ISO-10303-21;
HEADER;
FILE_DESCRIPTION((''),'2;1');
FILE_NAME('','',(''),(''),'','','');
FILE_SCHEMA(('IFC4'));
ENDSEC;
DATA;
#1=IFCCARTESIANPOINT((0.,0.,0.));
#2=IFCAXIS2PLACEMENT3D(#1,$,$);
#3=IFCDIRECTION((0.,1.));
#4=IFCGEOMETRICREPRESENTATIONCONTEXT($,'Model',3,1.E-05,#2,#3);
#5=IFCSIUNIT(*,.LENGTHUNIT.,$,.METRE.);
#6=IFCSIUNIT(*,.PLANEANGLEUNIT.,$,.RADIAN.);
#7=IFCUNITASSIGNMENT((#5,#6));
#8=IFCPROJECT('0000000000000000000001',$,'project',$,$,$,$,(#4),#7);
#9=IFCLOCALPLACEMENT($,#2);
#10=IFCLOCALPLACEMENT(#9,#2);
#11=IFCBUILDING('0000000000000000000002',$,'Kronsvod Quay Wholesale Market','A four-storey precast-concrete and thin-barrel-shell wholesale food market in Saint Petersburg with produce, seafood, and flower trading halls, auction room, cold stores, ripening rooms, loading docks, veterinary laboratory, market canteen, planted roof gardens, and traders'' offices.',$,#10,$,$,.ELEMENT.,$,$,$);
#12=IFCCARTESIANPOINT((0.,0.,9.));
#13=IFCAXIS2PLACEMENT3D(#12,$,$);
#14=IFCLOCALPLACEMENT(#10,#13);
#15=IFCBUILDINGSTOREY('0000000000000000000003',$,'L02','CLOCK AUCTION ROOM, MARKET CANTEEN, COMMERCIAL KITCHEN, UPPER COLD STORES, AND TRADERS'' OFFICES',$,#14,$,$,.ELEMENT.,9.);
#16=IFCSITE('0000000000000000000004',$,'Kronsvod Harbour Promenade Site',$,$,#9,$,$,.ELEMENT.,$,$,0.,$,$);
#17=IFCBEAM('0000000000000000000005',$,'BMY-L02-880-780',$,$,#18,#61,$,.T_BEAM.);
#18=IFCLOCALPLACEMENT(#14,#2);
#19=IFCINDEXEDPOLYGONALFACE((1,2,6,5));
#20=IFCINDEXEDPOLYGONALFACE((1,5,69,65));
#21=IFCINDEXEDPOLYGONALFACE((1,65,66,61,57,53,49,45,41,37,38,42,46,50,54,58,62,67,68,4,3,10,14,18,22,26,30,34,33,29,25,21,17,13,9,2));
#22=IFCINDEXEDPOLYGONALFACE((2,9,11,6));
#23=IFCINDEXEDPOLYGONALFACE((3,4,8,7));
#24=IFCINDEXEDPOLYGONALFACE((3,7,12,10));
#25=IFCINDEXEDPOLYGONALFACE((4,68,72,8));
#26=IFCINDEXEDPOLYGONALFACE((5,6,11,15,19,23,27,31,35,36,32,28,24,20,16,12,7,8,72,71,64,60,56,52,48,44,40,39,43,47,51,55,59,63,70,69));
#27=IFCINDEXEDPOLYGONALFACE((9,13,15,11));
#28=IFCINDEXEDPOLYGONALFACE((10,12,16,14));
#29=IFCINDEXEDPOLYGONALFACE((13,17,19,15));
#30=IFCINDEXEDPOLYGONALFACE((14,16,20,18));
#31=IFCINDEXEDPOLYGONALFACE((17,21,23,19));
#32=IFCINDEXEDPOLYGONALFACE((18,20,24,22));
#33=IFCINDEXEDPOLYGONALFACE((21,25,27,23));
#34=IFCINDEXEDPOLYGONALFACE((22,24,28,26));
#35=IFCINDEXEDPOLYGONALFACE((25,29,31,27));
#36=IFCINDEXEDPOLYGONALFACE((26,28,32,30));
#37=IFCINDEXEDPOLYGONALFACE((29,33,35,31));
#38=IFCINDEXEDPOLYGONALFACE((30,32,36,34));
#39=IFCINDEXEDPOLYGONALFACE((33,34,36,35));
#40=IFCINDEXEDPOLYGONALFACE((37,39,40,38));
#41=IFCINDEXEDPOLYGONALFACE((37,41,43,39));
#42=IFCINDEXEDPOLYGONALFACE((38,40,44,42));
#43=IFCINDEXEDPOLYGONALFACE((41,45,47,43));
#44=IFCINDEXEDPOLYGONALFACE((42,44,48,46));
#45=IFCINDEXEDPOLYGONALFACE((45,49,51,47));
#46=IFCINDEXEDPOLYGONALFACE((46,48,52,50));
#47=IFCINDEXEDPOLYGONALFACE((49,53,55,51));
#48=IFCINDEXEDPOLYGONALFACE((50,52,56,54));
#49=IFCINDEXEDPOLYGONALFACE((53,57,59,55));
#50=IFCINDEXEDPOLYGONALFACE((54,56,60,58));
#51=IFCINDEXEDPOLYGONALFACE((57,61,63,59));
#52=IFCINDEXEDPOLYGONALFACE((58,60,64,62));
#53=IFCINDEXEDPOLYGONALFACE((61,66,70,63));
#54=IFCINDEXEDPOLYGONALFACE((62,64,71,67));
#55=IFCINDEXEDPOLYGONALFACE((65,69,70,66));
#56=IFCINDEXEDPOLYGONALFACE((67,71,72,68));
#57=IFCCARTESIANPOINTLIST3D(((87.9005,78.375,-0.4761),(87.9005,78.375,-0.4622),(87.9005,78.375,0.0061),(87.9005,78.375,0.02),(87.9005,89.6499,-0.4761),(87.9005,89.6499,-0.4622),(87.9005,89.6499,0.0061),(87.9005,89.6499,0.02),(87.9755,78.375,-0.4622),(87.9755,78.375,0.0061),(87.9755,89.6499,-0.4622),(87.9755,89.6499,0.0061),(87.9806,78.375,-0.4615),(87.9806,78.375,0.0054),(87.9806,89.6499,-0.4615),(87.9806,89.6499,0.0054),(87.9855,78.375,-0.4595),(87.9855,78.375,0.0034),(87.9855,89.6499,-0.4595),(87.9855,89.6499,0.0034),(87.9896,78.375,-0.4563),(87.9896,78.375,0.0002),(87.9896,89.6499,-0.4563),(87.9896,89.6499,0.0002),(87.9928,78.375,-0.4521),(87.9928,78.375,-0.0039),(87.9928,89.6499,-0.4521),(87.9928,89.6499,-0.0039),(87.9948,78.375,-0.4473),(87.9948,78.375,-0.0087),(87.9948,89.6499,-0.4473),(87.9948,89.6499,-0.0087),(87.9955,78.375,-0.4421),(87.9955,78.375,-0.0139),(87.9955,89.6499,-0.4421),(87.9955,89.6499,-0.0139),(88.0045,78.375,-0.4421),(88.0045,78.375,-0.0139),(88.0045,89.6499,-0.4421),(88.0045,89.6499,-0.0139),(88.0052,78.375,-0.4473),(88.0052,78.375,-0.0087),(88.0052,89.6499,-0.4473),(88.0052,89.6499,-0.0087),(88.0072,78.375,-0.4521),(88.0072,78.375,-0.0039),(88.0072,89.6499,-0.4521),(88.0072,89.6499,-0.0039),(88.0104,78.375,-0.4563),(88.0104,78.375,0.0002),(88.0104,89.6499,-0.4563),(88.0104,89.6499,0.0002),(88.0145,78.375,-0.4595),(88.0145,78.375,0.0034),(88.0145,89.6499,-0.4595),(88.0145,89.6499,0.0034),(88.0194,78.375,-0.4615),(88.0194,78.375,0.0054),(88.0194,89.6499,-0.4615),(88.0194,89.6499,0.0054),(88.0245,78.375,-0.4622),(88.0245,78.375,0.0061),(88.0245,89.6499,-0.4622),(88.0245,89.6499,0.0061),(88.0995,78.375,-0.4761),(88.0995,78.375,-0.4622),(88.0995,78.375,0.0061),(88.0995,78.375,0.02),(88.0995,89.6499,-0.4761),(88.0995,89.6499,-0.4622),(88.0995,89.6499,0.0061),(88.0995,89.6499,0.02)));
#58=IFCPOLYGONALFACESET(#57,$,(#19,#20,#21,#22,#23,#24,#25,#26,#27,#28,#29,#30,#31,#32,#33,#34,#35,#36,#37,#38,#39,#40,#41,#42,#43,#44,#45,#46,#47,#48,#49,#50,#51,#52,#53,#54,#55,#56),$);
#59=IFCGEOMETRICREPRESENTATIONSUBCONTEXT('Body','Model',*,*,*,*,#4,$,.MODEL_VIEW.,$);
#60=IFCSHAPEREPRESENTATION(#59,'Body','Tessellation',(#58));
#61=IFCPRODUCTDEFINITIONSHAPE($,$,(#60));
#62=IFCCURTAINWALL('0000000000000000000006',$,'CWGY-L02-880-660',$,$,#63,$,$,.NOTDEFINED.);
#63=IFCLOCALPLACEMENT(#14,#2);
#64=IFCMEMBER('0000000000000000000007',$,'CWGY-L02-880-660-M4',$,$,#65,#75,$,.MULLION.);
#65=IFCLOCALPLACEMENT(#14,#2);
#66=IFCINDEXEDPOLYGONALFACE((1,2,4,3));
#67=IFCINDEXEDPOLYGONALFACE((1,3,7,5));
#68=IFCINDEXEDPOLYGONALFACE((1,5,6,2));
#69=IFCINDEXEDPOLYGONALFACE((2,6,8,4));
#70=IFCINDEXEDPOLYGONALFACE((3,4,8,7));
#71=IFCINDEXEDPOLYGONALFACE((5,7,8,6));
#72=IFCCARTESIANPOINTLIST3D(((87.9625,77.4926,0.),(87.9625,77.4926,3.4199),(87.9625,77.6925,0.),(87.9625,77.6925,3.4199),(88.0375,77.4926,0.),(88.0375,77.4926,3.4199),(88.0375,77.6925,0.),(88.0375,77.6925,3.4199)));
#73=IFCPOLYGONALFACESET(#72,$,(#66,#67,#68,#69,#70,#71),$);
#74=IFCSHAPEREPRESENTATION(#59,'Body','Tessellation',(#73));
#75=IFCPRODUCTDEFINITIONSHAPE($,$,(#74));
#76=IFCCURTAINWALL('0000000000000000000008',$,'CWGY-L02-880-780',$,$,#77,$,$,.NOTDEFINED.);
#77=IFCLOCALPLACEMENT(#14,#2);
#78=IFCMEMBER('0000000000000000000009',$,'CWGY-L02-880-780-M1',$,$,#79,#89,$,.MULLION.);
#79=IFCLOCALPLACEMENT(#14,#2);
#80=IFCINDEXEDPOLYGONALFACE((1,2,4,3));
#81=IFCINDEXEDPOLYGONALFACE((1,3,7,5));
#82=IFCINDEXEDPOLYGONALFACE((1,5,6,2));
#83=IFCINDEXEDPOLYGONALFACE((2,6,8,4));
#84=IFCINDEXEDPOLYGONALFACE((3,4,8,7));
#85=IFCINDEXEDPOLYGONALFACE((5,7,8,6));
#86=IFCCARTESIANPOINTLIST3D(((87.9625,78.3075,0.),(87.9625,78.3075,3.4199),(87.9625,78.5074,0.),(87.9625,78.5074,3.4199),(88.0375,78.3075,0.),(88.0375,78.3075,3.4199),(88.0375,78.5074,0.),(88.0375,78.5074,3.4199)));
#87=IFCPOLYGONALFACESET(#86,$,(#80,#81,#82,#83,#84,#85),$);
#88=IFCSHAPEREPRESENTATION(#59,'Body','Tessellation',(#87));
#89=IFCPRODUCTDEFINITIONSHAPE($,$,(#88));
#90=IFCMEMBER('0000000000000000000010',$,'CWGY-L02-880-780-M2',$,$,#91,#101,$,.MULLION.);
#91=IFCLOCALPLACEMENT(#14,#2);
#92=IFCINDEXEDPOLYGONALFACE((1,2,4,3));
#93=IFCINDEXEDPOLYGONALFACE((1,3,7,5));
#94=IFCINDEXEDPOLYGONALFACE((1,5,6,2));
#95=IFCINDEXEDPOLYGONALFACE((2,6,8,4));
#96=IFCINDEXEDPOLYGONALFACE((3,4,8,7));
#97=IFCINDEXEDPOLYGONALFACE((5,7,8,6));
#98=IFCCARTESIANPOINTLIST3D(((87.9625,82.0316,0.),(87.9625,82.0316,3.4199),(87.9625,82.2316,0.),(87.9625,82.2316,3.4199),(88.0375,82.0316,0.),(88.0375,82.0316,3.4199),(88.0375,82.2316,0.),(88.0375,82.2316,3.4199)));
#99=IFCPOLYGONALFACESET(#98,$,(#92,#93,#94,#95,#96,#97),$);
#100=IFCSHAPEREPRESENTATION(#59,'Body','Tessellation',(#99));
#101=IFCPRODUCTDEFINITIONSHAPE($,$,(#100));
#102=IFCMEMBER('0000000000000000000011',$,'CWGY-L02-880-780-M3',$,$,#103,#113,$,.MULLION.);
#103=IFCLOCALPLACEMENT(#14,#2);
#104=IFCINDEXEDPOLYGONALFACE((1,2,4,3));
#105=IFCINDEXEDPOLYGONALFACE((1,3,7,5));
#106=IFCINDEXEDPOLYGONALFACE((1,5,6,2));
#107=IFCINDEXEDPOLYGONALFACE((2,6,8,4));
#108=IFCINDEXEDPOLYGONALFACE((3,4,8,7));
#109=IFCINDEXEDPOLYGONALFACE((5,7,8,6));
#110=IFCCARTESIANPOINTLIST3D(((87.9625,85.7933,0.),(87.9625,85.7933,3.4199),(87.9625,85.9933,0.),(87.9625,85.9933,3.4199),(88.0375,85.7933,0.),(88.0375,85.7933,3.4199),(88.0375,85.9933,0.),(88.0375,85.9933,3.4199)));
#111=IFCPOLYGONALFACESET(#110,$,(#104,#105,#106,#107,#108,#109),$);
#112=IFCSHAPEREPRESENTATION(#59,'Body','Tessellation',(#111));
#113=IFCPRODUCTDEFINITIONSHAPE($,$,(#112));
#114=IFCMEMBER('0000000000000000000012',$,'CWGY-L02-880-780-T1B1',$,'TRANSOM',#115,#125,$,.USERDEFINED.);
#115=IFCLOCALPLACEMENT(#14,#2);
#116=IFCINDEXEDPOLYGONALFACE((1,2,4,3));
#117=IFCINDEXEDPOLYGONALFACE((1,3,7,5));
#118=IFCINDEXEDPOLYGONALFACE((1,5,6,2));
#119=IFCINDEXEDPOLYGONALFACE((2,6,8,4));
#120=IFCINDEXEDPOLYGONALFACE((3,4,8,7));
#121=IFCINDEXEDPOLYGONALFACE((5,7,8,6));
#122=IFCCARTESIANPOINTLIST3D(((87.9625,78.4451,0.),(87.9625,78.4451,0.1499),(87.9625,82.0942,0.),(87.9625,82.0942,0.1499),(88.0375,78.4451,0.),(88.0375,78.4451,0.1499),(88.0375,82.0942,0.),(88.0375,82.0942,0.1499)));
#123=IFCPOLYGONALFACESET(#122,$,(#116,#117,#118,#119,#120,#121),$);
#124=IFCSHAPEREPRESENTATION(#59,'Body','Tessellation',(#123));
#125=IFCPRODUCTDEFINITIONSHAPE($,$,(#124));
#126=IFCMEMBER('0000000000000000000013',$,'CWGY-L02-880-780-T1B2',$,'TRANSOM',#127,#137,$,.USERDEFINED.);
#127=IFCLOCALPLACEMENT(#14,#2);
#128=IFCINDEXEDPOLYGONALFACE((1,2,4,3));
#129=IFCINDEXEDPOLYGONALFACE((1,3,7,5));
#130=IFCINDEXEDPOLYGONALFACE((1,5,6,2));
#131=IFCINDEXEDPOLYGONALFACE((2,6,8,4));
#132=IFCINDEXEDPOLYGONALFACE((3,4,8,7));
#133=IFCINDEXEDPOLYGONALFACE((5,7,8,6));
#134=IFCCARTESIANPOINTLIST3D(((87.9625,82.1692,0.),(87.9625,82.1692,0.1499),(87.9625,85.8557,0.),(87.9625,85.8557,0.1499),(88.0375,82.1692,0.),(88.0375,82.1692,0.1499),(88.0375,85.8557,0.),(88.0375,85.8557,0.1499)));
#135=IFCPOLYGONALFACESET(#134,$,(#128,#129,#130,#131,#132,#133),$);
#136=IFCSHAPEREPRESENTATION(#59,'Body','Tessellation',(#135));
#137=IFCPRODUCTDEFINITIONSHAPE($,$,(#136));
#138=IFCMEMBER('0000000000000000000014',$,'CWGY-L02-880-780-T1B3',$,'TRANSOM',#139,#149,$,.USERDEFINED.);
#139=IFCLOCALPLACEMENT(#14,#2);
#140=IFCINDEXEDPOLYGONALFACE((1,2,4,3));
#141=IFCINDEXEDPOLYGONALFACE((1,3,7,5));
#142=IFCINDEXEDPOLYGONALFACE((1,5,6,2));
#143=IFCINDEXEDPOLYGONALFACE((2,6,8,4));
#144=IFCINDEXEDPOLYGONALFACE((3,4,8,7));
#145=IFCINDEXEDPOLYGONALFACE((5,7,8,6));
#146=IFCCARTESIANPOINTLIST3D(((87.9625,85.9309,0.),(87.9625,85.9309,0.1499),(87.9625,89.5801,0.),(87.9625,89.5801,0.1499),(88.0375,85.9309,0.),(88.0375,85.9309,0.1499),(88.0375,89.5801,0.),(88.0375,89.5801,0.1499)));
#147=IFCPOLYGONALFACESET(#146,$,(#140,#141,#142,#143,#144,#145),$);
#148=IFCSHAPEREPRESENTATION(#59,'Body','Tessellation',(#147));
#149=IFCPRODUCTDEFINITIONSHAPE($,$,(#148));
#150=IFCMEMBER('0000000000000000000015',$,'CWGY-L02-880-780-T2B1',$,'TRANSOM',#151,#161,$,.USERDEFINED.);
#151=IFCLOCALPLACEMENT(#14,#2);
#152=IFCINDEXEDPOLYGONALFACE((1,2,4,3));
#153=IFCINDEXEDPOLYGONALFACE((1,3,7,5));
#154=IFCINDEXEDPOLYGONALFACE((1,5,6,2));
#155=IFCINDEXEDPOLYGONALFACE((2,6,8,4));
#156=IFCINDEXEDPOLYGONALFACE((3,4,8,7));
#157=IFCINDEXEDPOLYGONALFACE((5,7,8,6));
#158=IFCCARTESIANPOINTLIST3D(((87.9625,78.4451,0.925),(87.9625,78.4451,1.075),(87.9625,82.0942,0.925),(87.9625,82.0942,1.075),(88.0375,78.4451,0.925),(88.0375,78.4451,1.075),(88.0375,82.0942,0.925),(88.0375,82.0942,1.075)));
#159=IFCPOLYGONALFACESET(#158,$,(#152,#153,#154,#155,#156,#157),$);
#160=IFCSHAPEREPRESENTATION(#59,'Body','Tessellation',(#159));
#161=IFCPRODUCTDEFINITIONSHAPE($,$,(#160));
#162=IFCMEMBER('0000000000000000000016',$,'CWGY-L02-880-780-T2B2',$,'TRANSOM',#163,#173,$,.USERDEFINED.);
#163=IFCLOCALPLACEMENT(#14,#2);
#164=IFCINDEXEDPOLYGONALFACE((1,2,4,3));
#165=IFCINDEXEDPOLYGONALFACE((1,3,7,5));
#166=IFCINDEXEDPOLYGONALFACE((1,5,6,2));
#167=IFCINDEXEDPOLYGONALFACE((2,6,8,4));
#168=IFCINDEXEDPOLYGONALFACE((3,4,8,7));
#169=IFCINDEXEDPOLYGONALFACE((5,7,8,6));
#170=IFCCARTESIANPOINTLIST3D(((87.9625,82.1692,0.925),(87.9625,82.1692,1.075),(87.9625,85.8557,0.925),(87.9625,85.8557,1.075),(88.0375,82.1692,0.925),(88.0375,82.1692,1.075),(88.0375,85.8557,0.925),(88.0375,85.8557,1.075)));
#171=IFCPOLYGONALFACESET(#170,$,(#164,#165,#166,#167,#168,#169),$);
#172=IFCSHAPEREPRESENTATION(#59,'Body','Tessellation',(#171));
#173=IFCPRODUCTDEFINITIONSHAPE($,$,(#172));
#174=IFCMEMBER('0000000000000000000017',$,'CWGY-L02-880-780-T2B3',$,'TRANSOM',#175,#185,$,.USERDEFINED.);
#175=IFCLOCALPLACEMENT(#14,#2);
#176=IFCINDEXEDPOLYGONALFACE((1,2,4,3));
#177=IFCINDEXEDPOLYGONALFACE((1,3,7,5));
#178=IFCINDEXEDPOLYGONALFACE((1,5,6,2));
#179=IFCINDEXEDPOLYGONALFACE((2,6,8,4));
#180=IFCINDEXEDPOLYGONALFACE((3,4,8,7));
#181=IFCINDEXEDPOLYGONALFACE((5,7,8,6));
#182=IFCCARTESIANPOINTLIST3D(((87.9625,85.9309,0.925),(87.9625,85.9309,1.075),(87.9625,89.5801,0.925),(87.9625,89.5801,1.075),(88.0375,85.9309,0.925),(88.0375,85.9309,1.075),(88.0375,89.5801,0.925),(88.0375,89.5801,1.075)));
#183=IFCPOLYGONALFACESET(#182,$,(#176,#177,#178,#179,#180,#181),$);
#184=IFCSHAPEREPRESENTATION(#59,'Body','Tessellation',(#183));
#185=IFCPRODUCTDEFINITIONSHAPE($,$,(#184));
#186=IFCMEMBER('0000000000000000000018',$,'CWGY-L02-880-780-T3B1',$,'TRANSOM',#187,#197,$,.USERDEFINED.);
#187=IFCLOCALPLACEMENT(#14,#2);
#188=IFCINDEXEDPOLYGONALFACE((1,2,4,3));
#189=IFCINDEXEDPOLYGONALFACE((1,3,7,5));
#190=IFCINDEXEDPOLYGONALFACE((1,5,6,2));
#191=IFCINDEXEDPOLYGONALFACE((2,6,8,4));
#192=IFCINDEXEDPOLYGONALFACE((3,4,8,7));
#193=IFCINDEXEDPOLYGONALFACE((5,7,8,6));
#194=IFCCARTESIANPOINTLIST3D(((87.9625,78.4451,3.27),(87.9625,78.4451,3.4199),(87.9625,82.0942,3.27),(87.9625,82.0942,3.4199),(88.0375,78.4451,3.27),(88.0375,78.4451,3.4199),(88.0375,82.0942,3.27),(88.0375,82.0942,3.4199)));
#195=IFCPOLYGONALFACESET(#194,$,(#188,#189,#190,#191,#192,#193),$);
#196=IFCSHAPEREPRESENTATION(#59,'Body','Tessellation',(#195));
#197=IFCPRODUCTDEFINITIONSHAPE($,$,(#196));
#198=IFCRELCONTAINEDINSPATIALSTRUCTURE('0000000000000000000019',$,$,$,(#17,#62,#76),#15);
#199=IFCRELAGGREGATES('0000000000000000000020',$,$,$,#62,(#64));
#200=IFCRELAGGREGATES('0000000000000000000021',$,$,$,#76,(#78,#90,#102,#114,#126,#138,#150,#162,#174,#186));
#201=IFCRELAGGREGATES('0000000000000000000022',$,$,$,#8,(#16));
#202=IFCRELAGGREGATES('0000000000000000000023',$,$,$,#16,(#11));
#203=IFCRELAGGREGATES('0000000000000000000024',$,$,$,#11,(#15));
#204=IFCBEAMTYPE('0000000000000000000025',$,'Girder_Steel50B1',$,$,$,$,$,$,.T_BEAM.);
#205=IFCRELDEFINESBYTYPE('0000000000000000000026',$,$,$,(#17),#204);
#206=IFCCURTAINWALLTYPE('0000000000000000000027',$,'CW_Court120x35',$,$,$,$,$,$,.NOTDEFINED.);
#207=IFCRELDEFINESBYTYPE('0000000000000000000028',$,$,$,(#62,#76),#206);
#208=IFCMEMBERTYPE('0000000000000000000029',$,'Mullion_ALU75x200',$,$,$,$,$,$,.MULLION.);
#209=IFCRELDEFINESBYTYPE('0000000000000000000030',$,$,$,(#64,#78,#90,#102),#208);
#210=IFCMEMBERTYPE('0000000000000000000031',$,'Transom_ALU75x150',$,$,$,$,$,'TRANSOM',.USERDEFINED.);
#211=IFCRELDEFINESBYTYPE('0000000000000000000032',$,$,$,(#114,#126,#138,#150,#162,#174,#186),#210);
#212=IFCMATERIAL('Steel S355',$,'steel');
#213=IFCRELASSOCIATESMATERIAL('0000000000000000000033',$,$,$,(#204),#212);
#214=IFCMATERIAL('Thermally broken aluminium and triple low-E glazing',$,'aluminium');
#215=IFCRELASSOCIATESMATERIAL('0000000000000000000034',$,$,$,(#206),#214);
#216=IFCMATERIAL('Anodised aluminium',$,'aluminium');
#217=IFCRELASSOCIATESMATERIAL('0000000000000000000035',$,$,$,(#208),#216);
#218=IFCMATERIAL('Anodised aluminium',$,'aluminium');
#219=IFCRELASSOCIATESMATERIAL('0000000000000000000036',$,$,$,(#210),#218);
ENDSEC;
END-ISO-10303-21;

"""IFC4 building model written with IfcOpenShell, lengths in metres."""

from ifc_helpers import new_model, si_unit, direction, frame, origin, origin_2d, place, context, subcontext, project, spatial, rectangle, i_section, extrude, material, material_profile, profile_set, type_object, element, aggregate, save


model = new_model("IFC4")

# Units and contexts
model_context = context("Model", 3, precision=1e-05, world=origin(), true_north=direction((0.0, 1.0)))
body_context = subcontext(model_context, "Body", "Model", "MODEL_VIEW")
ifc_project = project(units=[si_unit("LENGTHUNIT", "METRE"), si_unit("PLANEANGLEUNIT", "RADIAN")], contexts=[model_context])

# Site, building, storey
site_placement = place(None, origin())
site = spatial("IfcSite", under=ifc_project, at=site_placement, Name="Kronsvod Harbour Promenade Site", CompositionType="ELEMENT", RefElevation=0.0)
building_placement = place(site_placement, origin())
building = spatial("IfcBuilding", under=site, at=building_placement, Name="Kronsvod Quay Wholesale Market", Description="A four-storey precast-concrete and thin-barrel-shell wholesale food market in Saint Petersburg with produce, seafood, and flower trading halls, auction room, cold stores, ripening rooms, loading docks, veterinary laboratory, market canteen, planted roof gardens, and traders' offices.", CompositionType="ELEMENT")
storey_placement = place(building_placement, frame((0.0, 0.0, 9.0)))
storey = spatial("IfcBuildingStorey", under=building, at=storey_placement, Name="L02", Description="CLOCK AUCTION ROOM, MARKET CANTEEN, COMMERCIAL KITCHEN, UPPER COLD STORES, AND TRADERS' OFFICES", CompositionType="ELEMENT", Elevation=9.0)

# Beam
ifc_material_1 = material(Name="Steel S355", Category="steel")
ifc_material_profile_1 = material_profile(ifc_material_1, i_section(OverallWidth=0.199, OverallDepth=0.4961, WebThickness=0.009, FlangeThickness=0.0139, FilletRadius=0.02, at=origin_2d()), Name="50B1")
ifc_profile_set_1 = profile_set([ifc_material_profile_1], Name="Steel S355")
beam_type = type_object("IfcBeamType", Name="Girder_Steel50B1", PredefinedType="T_BEAM", material=ifc_profile_set_1)
beam_placement = place(storey_placement, frame((88.0, 78.375, -0.228), z_axis=(0.0, 1.0, 0.0), x_axis=(-1.0, 0.0, 0.0)))
element("IfcBeam", 1, at=beam_placement, inside=storey, type_object=beam_type, Name="BMY-L02-880-780", PredefinedType="T_BEAM", context=body_context, shape_type="SweptSolid", body=[
    extrude(i_section(OverallWidth=0.199, OverallDepth=0.4961, WebThickness=0.009, FlangeThickness=0.0139, FilletRadius=0.02, at=origin_2d()), origin(), (0.0, 0.0, 1.0), 11.2749),
])

# Curtain wall, member
ifc_material_2 = material(Name="Thermally broken aluminium and triple low-E glazing", Category="aluminium")
curtain_wall_type = type_object("IfcCurtainWallType", Name="CW_Court120x35", PredefinedType="NOTDEFINED", material=ifc_material_2)
curtain_wall_1_placement = place(storey_placement, origin())
curtain_wall_1 = element("IfcCurtainWall", 2, at=curtain_wall_1_placement, inside=storey, type_object=curtain_wall_type, Name="CWGY-L02-880-660", PredefinedType="NOTDEFINED")
ifc_material_3 = material(Name="Anodised aluminium", Category="aluminium")
ifc_material_profile_2 = material_profile(ifc_material_3, rectangle(XDim=0.075, YDim=0.2, at=origin_2d()), Name="ALUM75x200")
ifc_profile_set_2 = profile_set([ifc_material_profile_2], Name="Anodised aluminium")
member_type_1 = type_object("IfcMemberType", Name="Mullion_ALU75x200", PredefinedType="MULLION", material=ifc_profile_set_2)
member_1_placement = place(storey_placement, frame((88.0, 77.5925, 0.0), z_axis=(0.0, 0.0, 1.0), x_axis=(1.0, 0.0, 0.0)))
member_1 = element("IfcMember", 3, at=member_1_placement, type_object=member_type_1, Name="CWGY-L02-880-660-M4", PredefinedType="MULLION", context=body_context, shape_type="SweptSolid", body=[
    extrude(rectangle(XDim=0.075, YDim=0.2, at=origin_2d()), origin(), (0.0, 0.0, 1.0), 3.4199),
])
aggregate(curtain_wall_1, [member_1])

# Curtain wall, members
curtain_wall_2_placement = place(storey_placement, origin())
curtain_wall_2 = element("IfcCurtainWall", 4, at=curtain_wall_2_placement, inside=storey, type_object=curtain_wall_type, Name="CWGY-L02-880-780", PredefinedType="NOTDEFINED")
member_2_placement = place(storey_placement, frame((88.0, 78.4075, 0.0), z_axis=(0.0, 0.0, 1.0), x_axis=(1.0, 0.0, 0.0)))
member_2 = element("IfcMember", 5, at=member_2_placement, type_object=member_type_1, Name="CWGY-L02-880-780-M1", PredefinedType="MULLION", context=body_context, shape_type="SweptSolid", body=[
    extrude(rectangle(XDim=0.075, YDim=0.2, at=origin_2d()), origin(), (0.0, 0.0, 1.0), 3.4199),
])
member_3_placement = place(storey_placement, frame((88.0, 82.1316, 0.0), z_axis=(0.0, 0.0, 1.0), x_axis=(1.0, 0.0, 0.0)))
member_3 = element("IfcMember", 6, at=member_3_placement, type_object=member_type_1, Name="CWGY-L02-880-780-M2", PredefinedType="MULLION", context=body_context, shape_type="SweptSolid", body=[
    extrude(rectangle(XDim=0.075, YDim=0.2, at=origin_2d()), origin(), (0.0, 0.0, 1.0), 3.4199),
])
member_4_placement = place(storey_placement, frame((88.0, 85.8933, 0.0), z_axis=(0.0, 0.0, 1.0), x_axis=(1.0, 0.0, 0.0)))
member_4 = element("IfcMember", 7, at=member_4_placement, type_object=member_type_1, Name="CWGY-L02-880-780-M3", PredefinedType="MULLION", context=body_context, shape_type="SweptSolid", body=[
    extrude(rectangle(XDim=0.075, YDim=0.2, at=origin_2d()), origin(), (0.0, 0.0, 1.0), 3.4199),
])
ifc_material_4 = material(Name="Anodised aluminium", Category="aluminium")
ifc_material_profile_3 = material_profile(ifc_material_4, rectangle(XDim=0.075, YDim=0.1499, at=origin_2d()), Name="ALUT75x150")
ifc_profile_set_3 = profile_set([ifc_material_profile_3], Name="Anodised aluminium")
member_type_2 = type_object("IfcMemberType", Name="Transom_ALU75x150", ElementType="TRANSOM", PredefinedType="USERDEFINED", material=ifc_profile_set_3)
member_5_placement = place(storey_placement, frame((88.0, 78.4451, 0.075), z_axis=(0.0, 1.0, 0.0), x_axis=(-1.0, 0.0, 0.0)))
member_5 = element("IfcMember", 8, at=member_5_placement, type_object=member_type_2, Name="CWGY-L02-880-780-T1B1", ObjectType="TRANSOM", PredefinedType="USERDEFINED", context=body_context, shape_type="SweptSolid", body=[
    extrude(rectangle(XDim=0.075, YDim=0.1499, at=origin_2d()), origin(), (0.0, 0.0, 1.0), 3.6492),
])
member_6_placement = place(storey_placement, frame((88.0, 82.1692, 0.075), z_axis=(0.0, 1.0, 0.0), x_axis=(-1.0, 0.0, 0.0)))
member_6 = element("IfcMember", 9, at=member_6_placement, type_object=member_type_2, Name="CWGY-L02-880-780-T1B2", ObjectType="TRANSOM", PredefinedType="USERDEFINED", context=body_context, shape_type="SweptSolid", body=[
    extrude(rectangle(XDim=0.075, YDim=0.1499, at=origin_2d()), origin(), (0.0, 0.0, 1.0), 3.6865),
])
member_7_placement = place(storey_placement, frame((88.0, 85.9309, 0.075), z_axis=(0.0, 1.0, 0.0), x_axis=(-1.0, 0.0, 0.0)))
member_7 = element("IfcMember", 10, at=member_7_placement, type_object=member_type_2, Name="CWGY-L02-880-780-T1B3", ObjectType="TRANSOM", PredefinedType="USERDEFINED", context=body_context, shape_type="SweptSolid", body=[
    extrude(rectangle(XDim=0.075, YDim=0.1499, at=origin_2d()), origin(), (0.0, 0.0, 1.0), 3.6492),
])
member_8_placement = place(storey_placement, frame((88.0, 78.4451, 1.0), z_axis=(0.0, 1.0, 0.0), x_axis=(-1.0, 0.0, 0.0)))
member_8 = element("IfcMember", 11, at=member_8_placement, type_object=member_type_2, Name="CWGY-L02-880-780-T2B1", ObjectType="TRANSOM", PredefinedType="USERDEFINED", context=body_context, shape_type="SweptSolid", body=[
    extrude(rectangle(XDim=0.075, YDim=0.1499, at=origin_2d()), origin(), (0.0, 0.0, 1.0), 3.6492),
])
member_9_placement = place(storey_placement, frame((88.0, 82.1692, 1.0), z_axis=(0.0, 1.0, 0.0), x_axis=(-1.0, 0.0, 0.0)))
member_9 = element("IfcMember", 12, at=member_9_placement, type_object=member_type_2, Name="CWGY-L02-880-780-T2B2", ObjectType="TRANSOM", PredefinedType="USERDEFINED", context=body_context, shape_type="SweptSolid", body=[
    extrude(rectangle(XDim=0.075, YDim=0.1499, at=origin_2d()), origin(), (0.0, 0.0, 1.0), 3.6865),
])
member_10_placement = place(storey_placement, frame((88.0, 85.9309, 1.0), z_axis=(0.0, 1.0, 0.0), x_axis=(-1.0, 0.0, 0.0)))
member_10 = element("IfcMember", 13, at=member_10_placement, type_object=member_type_2, Name="CWGY-L02-880-780-T2B3", ObjectType="TRANSOM", PredefinedType="USERDEFINED", context=body_context, shape_type="SweptSolid", body=[
    extrude(rectangle(XDim=0.075, YDim=0.1499, at=origin_2d()), origin(), (0.0, 0.0, 1.0), 3.6492),
])
member_11_placement = place(storey_placement, frame((88.0, 78.4451, 3.345), z_axis=(0.0, 1.0, 0.0), x_axis=(-1.0, 0.0, 0.0)))
member_11 = element("IfcMember", 14, at=member_11_placement, type_object=member_type_2, Name="CWGY-L02-880-780-T3B1", ObjectType="TRANSOM", PredefinedType="USERDEFINED", context=body_context, shape_type="SweptSolid", body=[
    extrude(rectangle(XDim=0.075, YDim=0.1499, at=origin_2d()), origin(), (0.0, 0.0, 1.0), 3.6492),
])
aggregate(curtain_wall_2, [member_2, member_3, member_4, member_5, member_6, member_7, member_8, member_9, member_10, member_11])

save(model, "model.ifc")
